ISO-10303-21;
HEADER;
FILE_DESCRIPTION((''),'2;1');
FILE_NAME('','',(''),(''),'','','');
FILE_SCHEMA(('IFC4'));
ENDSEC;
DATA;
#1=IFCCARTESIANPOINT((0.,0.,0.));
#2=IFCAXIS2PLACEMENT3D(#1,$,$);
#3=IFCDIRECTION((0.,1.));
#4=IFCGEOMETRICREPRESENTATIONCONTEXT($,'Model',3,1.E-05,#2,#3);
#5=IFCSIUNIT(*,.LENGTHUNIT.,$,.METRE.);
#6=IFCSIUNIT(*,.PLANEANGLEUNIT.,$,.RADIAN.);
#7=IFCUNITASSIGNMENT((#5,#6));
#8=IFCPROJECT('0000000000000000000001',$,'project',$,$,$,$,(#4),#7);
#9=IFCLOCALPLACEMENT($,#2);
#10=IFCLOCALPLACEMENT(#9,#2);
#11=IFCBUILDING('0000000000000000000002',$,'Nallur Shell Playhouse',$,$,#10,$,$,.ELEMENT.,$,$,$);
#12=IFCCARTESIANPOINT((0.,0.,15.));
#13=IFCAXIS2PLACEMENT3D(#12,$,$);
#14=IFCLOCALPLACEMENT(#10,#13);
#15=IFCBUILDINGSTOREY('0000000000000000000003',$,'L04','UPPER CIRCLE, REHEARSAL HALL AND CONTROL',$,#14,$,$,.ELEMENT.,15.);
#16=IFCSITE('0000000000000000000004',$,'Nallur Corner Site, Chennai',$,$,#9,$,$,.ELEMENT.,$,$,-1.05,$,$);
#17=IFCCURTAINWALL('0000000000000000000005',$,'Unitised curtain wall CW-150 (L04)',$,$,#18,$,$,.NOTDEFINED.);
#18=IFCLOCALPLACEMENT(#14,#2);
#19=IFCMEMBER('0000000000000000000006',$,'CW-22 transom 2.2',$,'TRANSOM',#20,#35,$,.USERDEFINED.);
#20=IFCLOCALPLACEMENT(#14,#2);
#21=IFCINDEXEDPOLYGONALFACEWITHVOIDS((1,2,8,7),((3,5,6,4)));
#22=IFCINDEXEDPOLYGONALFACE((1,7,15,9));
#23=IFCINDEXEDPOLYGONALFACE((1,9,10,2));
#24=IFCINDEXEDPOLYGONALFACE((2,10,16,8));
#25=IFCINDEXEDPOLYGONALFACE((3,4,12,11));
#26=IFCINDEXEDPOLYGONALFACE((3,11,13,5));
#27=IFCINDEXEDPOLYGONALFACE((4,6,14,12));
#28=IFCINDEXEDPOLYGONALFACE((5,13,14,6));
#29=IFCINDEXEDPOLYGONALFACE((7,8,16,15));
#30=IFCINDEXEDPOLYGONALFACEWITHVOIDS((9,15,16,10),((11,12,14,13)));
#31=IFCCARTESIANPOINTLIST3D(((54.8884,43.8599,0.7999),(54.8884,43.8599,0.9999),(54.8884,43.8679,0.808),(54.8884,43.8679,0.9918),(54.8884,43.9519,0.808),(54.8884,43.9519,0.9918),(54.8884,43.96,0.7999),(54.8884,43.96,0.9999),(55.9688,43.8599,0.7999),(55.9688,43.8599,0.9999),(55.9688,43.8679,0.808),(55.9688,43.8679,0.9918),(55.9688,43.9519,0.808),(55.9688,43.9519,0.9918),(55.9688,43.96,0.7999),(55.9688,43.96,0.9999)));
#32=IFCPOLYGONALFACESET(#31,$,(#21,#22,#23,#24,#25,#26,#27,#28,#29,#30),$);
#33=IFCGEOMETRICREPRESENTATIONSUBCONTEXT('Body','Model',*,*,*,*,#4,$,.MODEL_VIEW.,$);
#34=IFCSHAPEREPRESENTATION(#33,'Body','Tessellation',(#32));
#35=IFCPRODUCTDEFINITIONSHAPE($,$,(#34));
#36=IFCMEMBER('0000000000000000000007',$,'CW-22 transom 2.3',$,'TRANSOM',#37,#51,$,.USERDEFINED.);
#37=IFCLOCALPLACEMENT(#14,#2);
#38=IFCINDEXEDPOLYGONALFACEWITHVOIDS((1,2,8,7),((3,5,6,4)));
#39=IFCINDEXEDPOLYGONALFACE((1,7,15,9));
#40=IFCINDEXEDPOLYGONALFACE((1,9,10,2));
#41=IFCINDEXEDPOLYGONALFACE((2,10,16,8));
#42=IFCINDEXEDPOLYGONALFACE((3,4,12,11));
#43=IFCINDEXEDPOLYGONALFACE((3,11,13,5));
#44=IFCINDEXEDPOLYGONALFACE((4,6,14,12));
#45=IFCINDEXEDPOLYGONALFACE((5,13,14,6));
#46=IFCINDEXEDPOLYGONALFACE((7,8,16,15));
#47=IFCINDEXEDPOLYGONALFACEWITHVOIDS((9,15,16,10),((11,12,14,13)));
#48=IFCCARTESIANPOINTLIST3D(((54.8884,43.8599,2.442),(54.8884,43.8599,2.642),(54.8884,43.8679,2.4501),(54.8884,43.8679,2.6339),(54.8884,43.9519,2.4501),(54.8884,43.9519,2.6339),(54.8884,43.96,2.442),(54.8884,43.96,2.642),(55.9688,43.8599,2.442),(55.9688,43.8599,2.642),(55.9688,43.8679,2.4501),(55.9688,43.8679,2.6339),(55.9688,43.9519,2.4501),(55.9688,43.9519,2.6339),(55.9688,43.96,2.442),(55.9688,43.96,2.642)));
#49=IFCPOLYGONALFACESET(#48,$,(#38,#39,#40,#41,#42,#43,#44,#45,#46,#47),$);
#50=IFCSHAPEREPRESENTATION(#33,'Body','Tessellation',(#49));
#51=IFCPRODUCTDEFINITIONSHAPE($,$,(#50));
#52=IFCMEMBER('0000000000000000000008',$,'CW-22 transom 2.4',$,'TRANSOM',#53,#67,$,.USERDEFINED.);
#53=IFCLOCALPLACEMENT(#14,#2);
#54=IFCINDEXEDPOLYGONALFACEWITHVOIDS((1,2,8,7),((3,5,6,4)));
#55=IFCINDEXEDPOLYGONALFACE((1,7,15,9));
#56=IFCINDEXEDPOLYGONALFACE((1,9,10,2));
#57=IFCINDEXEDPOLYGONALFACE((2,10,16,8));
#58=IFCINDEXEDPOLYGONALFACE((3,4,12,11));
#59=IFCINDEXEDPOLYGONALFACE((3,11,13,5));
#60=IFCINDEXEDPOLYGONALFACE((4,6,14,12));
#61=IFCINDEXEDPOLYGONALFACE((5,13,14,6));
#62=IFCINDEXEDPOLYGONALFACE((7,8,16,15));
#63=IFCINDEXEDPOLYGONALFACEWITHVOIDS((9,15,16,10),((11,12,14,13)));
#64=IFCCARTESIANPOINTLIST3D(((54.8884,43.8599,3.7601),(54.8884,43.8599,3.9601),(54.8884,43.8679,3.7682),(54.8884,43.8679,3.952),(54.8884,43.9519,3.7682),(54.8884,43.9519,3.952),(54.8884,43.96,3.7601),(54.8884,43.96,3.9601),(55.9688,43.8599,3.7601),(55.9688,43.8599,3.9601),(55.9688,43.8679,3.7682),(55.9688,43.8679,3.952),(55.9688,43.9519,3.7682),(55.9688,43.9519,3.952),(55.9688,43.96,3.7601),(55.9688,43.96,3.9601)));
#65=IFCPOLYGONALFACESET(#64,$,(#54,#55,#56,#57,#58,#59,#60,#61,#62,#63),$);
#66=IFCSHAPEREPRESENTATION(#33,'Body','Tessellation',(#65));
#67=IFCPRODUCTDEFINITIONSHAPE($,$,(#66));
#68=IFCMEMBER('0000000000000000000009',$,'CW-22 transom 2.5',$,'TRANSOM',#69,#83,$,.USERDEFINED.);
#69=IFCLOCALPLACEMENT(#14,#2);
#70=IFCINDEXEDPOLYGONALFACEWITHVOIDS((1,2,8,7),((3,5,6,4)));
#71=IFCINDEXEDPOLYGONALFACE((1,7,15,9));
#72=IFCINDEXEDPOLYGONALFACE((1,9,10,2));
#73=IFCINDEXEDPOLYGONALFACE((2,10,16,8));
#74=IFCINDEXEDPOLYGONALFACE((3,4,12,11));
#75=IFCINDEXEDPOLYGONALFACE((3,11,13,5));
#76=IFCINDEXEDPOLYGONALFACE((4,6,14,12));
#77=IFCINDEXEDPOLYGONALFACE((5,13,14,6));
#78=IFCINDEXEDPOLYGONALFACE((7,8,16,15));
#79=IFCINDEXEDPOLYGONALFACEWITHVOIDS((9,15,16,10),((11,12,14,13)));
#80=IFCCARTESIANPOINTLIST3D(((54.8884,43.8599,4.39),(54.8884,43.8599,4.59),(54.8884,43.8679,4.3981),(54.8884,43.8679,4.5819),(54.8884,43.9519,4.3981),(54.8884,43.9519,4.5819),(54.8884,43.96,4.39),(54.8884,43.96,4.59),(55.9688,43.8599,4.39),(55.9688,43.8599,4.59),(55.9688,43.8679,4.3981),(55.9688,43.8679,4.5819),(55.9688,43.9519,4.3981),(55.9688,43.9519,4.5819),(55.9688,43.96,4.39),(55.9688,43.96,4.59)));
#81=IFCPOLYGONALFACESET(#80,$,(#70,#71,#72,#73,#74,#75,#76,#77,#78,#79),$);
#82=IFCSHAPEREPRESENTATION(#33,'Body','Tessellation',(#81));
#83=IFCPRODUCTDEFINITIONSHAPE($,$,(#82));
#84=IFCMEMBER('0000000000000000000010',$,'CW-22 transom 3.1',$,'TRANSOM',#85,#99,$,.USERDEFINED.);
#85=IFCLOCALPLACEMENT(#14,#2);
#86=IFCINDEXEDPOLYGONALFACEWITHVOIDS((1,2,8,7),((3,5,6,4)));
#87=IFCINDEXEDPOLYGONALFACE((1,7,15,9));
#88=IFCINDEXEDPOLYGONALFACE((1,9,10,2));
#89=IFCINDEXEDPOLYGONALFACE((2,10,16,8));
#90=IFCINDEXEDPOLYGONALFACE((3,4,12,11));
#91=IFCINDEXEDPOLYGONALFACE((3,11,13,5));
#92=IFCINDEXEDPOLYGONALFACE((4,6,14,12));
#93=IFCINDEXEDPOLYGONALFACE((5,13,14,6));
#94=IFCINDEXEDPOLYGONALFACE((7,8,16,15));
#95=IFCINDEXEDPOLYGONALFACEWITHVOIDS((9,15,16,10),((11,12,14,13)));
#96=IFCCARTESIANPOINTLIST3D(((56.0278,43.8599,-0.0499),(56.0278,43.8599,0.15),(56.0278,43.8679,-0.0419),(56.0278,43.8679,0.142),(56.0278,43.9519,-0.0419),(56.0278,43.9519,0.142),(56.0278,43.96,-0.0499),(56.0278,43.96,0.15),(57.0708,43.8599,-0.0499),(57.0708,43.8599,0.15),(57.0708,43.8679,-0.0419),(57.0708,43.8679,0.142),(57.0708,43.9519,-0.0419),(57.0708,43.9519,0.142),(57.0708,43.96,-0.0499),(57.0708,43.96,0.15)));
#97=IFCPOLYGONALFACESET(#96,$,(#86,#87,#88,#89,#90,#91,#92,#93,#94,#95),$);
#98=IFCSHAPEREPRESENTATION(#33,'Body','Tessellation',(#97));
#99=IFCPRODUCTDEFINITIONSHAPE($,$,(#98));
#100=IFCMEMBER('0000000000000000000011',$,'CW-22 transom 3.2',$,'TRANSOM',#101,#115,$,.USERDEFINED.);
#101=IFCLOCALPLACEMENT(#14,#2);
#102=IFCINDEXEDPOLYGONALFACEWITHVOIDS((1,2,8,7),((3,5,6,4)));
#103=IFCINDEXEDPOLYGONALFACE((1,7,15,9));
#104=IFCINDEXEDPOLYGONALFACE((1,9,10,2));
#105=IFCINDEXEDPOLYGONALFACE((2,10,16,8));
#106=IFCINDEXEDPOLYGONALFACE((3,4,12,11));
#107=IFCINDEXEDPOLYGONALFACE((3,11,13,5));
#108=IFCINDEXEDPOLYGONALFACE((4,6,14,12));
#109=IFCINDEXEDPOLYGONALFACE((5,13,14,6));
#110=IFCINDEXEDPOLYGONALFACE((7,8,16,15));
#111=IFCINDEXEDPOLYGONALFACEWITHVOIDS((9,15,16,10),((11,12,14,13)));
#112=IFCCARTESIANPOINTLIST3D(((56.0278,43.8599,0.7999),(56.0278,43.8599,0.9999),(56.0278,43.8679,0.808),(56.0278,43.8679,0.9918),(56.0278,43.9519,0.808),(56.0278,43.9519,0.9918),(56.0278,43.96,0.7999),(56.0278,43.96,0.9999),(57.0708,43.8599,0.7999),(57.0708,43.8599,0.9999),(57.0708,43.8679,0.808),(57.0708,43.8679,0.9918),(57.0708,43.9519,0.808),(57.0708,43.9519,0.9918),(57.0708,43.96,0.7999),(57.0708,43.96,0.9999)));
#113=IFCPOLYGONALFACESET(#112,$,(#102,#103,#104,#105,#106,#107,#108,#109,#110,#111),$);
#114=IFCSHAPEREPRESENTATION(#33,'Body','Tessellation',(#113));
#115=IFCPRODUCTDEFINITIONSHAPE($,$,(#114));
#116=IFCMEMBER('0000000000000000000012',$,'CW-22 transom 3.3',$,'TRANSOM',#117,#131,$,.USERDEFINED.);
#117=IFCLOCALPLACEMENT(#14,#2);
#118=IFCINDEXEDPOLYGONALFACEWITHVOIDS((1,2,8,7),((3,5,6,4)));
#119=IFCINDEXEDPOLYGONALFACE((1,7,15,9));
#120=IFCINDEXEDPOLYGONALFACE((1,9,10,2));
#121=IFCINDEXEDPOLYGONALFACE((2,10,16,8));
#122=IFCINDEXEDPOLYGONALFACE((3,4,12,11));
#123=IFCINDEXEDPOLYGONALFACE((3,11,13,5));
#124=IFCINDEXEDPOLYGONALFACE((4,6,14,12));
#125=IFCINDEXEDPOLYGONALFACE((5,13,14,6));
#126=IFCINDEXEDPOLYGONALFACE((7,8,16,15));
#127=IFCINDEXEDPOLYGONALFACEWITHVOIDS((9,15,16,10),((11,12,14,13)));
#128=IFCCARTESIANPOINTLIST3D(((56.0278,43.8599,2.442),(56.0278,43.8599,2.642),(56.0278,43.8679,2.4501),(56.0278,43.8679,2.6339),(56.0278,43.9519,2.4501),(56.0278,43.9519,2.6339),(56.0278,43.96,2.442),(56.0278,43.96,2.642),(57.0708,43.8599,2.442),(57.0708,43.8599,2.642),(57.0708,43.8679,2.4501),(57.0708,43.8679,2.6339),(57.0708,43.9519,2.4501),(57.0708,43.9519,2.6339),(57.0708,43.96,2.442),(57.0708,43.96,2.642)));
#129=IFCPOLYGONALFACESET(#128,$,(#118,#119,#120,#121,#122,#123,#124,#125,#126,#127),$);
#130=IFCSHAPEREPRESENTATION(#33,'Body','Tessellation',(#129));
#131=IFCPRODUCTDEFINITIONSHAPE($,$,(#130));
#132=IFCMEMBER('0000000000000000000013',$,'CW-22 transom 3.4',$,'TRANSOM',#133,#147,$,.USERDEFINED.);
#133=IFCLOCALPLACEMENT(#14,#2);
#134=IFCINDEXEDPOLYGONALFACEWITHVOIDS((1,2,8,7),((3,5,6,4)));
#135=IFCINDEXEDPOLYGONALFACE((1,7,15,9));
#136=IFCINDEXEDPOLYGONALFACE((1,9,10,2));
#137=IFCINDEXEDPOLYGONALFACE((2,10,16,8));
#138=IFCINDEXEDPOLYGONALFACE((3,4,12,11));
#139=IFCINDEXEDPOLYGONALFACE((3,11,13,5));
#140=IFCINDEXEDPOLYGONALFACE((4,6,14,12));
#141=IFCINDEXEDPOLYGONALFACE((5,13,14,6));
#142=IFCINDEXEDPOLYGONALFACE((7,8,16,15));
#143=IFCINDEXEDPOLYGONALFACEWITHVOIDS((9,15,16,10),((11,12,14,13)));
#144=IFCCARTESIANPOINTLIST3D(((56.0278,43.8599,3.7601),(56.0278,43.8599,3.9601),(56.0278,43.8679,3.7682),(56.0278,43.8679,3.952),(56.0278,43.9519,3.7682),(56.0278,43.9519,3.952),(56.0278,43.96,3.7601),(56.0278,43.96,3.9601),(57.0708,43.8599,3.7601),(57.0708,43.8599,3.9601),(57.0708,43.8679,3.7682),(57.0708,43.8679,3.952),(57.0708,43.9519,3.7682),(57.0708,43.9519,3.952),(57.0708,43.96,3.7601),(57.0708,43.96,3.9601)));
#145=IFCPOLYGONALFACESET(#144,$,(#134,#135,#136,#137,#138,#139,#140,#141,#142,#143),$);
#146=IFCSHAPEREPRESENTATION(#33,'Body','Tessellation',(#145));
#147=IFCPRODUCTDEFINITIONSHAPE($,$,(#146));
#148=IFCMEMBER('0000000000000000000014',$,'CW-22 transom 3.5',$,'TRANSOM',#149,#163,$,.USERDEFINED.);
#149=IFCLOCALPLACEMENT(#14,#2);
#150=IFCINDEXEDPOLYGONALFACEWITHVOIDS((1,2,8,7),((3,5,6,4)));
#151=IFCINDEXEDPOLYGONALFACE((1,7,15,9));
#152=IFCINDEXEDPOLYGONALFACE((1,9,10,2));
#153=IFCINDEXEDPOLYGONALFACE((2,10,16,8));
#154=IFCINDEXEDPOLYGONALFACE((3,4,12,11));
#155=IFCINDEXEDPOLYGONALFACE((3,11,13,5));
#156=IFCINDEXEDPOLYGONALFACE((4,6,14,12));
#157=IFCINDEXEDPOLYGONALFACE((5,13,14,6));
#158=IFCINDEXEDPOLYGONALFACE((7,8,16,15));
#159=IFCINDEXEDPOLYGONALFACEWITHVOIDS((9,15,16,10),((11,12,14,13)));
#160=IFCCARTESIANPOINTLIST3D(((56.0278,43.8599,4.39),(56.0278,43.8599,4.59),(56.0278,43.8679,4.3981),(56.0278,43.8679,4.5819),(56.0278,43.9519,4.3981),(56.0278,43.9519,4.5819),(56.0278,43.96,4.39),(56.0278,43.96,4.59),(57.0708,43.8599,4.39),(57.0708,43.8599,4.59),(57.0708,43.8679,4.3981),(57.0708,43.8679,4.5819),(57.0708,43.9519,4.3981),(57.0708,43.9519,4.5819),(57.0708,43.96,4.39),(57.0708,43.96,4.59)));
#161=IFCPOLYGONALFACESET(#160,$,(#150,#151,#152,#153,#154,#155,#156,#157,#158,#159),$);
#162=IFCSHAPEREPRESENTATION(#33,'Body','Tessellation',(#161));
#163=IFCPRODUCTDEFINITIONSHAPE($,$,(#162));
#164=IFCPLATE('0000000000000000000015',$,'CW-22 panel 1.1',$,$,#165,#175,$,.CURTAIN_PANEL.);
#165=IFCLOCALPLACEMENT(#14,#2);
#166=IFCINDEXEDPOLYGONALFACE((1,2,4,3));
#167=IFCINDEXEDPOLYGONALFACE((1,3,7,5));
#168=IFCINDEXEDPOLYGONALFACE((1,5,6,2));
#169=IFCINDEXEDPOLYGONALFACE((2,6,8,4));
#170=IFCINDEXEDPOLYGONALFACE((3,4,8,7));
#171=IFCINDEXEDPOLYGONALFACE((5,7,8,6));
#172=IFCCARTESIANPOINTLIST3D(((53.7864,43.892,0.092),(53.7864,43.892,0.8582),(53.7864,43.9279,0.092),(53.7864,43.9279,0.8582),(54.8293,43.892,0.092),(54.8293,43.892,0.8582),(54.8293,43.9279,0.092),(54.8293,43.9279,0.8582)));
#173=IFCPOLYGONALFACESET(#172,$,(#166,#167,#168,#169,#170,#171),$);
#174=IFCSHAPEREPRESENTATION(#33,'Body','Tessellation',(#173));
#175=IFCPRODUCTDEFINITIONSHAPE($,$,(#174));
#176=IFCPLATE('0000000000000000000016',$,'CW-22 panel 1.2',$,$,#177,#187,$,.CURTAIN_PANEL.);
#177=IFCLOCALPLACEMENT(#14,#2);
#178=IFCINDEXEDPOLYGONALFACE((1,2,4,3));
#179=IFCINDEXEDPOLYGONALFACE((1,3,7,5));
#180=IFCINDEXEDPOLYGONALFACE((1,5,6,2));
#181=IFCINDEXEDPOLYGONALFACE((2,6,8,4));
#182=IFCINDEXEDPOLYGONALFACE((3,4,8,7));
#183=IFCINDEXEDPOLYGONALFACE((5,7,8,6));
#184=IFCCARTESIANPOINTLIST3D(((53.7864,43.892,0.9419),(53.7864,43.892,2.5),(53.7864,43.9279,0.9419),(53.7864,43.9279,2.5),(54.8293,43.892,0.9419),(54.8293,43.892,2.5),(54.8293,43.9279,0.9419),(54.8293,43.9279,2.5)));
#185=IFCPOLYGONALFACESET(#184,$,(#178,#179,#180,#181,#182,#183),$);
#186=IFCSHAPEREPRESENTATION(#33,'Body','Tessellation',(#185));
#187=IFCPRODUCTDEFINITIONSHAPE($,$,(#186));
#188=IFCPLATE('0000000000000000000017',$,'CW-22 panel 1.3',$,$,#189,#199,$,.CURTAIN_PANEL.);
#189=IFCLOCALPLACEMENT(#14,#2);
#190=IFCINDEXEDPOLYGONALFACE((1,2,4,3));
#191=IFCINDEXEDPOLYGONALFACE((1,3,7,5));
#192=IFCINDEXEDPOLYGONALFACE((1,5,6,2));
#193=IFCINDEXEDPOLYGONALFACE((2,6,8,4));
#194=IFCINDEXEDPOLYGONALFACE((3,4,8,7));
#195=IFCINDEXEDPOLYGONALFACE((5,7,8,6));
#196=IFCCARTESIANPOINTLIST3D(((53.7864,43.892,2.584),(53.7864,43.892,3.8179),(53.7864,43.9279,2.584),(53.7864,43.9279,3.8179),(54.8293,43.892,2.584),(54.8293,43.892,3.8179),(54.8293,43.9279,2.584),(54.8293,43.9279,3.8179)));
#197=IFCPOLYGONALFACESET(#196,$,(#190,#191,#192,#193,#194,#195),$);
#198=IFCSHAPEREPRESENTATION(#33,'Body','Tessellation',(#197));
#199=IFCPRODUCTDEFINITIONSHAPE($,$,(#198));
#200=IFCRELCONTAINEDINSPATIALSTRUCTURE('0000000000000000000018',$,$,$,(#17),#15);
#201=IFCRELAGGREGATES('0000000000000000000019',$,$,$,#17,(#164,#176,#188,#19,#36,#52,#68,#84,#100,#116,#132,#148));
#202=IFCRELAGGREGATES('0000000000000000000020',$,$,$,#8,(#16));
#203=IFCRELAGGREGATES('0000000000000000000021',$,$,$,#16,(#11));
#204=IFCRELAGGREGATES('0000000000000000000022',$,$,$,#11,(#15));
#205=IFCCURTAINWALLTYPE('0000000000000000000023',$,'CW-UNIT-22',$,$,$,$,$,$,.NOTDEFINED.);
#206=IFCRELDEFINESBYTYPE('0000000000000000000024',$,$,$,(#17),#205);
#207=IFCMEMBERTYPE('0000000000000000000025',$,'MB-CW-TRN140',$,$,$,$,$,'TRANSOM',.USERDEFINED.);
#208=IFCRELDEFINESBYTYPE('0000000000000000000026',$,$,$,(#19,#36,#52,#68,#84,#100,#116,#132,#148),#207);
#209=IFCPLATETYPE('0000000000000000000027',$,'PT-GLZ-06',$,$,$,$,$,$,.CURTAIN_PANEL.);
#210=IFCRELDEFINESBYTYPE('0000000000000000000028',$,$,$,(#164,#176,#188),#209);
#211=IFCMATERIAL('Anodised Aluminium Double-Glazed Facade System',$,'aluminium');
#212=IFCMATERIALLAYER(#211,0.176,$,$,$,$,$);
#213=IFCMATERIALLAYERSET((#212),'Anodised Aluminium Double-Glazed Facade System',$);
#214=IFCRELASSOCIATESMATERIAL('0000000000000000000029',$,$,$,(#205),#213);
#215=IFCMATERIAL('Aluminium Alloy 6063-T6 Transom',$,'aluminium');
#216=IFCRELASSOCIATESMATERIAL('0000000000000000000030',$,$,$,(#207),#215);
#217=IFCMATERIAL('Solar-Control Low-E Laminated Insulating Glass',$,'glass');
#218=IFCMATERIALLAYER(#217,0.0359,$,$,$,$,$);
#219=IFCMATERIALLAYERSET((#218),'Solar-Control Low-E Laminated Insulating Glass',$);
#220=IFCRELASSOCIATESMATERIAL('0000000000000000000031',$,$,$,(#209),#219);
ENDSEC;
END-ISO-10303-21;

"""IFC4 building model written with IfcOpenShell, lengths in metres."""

from ifc_helpers import new_model, si_unit, direction, frame, origin, origin_2d, place, context, subcontext, project, spatial, rectangle, hollow_rectangle, extrude, material, layer, layer_set, material_profile, profile_set, type_object, element, aggregate, save


model = new_model("IFC4")

# Units and contexts
model_context = context("Model", 3, precision=1e-05, world=origin(), true_north=direction((0.0, 1.0)))
body_context = subcontext(model_context, "Body", "Model", "MODEL_VIEW")
ifc_project = project(units=[si_unit("LENGTHUNIT", "METRE"), si_unit("PLANEANGLEUNIT", "RADIAN")], contexts=[model_context])

# Site, building, storey
site_placement = place(None, origin())
site = spatial("IfcSite", under=ifc_project, at=site_placement, Name="Nallur Corner Site, Chennai", CompositionType="ELEMENT", RefElevation=-1.05)
building_placement = place(site_placement, origin())
building = spatial("IfcBuilding", under=site, at=building_placement, Name="Nallur Shell Playhouse", CompositionType="ELEMENT")
storey_placement = place(building_placement, frame((0.0, 0.0, 15.0)))
storey = spatial("IfcBuildingStorey", under=building, at=storey_placement, Name="L04", Description="UPPER CIRCLE, REHEARSAL HALL AND CONTROL", CompositionType="ELEMENT", Elevation=15.0)

# Shared definitions
ifc_material_1 = material(Name="Anodised Aluminium Double-Glazed Facade System", Category="aluminium")

# Curtain wall
ifc_layer_1 = layer(ifc_material_1, 0.176)
ifc_layer_set_1 = layer_set([ifc_layer_1], Name="Anodised Aluminium Double-Glazed Facade System")
curtain_wall_type_1 = type_object("IfcCurtainWallType", Name="CW-UNIT-22", PredefinedType="NOTDEFINED", material=ifc_layer_set_1)
curtain_wall_1_placement = place(storey_placement, origin())
curtain_wall_1 = element("IfcCurtainWall", 1, at=curtain_wall_1_placement, inside=storey, type_object=curtain_wall_type_1, Name="Unitised curtain wall CW-150 (L04)", PredefinedType="NOTDEFINED")

# Members
ifc_material_2 = material(Name="Aluminium Alloy 6063-T6 Transom", Category="aluminium")
ifc_material_profile_1 = material_profile(ifc_material_2, hollow_rectangle(XDim=0.1001, YDim=0.2, WallThickness=0.0081, at=origin_2d()), Name="RHS 200x100x8")
ifc_profile_set_1 = profile_set([ifc_material_profile_1], Name="Aluminium Alloy 6063-T6 Transom")
member_type_1 = type_object("IfcMemberType", Name="MB-CW-TRN140", ElementType="TRANSOM", PredefinedType="USERDEFINED", material=ifc_profile_set_1)
member_1_placement = place(storey_placement, frame((54.8884, 43.9099, 0.8999), z_axis=(1.0, 0.0, 0.0), x_axis=(0.0, 1.0, 0.0)))
member_1 = element("IfcMember", 2, at=member_1_placement, type_object=member_type_1, Name="CW-22 transom 2.2", ObjectType="TRANSOM", PredefinedType="USERDEFINED", context=body_context, shape_type="SweptSolid", body=[
    extrude(hollow_rectangle(XDim=0.1001, YDim=0.2, WallThickness=0.0081, at=origin_2d()), origin(), (0.0, 0.0, 1.0), 1.0803),
])
member_2_placement = place(storey_placement, frame((54.8884, 43.9099, 2.542), z_axis=(1.0, 0.0, 0.0), x_axis=(0.0, 1.0, 0.0)))
member_2 = element("IfcMember", 3, at=member_2_placement, type_object=member_type_1, Name="CW-22 transom 2.3", ObjectType="TRANSOM", PredefinedType="USERDEFINED", context=body_context, shape_type="SweptSolid", body=[
    extrude(hollow_rectangle(XDim=0.1001, YDim=0.2, WallThickness=0.0081, at=origin_2d()), origin(), (0.0, 0.0, 1.0), 1.0803),
])
member_3_placement = place(storey_placement, frame((54.8884, 43.9099, 3.8601), z_axis=(1.0, 0.0, 0.0), x_axis=(0.0, 1.0, 0.0)))
member_3 = element("IfcMember", 4, at=member_3_placement, type_object=member_type_1, Name="CW-22 transom 2.4", ObjectType="TRANSOM", PredefinedType="USERDEFINED", context=body_context, shape_type="SweptSolid", body=[
    extrude(hollow_rectangle(XDim=0.1001, YDim=0.2, WallThickness=0.0081, at=origin_2d()), origin(), (0.0, 0.0, 1.0), 1.0803),
])
member_4_placement = place(storey_placement, frame((54.8884, 43.9099, 4.49), z_axis=(1.0, 0.0, 0.0), x_axis=(0.0, 1.0, 0.0)))
member_4 = element("IfcMember", 5, at=member_4_placement, type_object=member_type_1, Name="CW-22 transom 2.5", ObjectType="TRANSOM", PredefinedType="USERDEFINED", context=body_context, shape_type="SweptSolid", body=[
    extrude(hollow_rectangle(XDim=0.1001, YDim=0.2, WallThickness=0.0081, at=origin_2d()), origin(), (0.0, 0.0, 1.0), 1.0803),
])
member_5_placement = place(storey_placement, frame((56.0278, 43.9099, 0.05), z_axis=(1.0, 0.0, 0.0), x_axis=(0.0, 1.0, 0.0)))
member_5 = element("IfcMember", 6, at=member_5_placement, type_object=member_type_1, Name="CW-22 transom 3.1", ObjectType="TRANSOM", PredefinedType="USERDEFINED", context=body_context, shape_type="SweptSolid", body=[
    extrude(hollow_rectangle(XDim=0.1001, YDim=0.2, WallThickness=0.0081, at=origin_2d()), origin(), (0.0, 0.0, 1.0), 1.043),
])
member_6_placement = place(storey_placement, frame((56.0278, 43.9099, 0.8999), z_axis=(1.0, 0.0, 0.0), x_axis=(0.0, 1.0, 0.0)))
member_6 = element("IfcMember", 7, at=member_6_placement, type_object=member_type_1, Name="CW-22 transom 3.2", ObjectType="TRANSOM", PredefinedType="USERDEFINED", context=body_context, shape_type="SweptSolid", body=[
    extrude(hollow_rectangle(XDim=0.1001, YDim=0.2, WallThickness=0.0081, at=origin_2d()), origin(), (0.0, 0.0, 1.0), 1.043),
])
member_7_placement = place(storey_placement, frame((56.0278, 43.9099, 2.542), z_axis=(1.0, 0.0, 0.0), x_axis=(0.0, 1.0, 0.0)))
member_7 = element("IfcMember", 8, at=member_7_placement, type_object=member_type_1, Name="CW-22 transom 3.3", ObjectType="TRANSOM", PredefinedType="USERDEFINED", context=body_context, shape_type="SweptSolid", body=[
    extrude(hollow_rectangle(XDim=0.1001, YDim=0.2, WallThickness=0.0081, at=origin_2d()), origin(), (0.0, 0.0, 1.0), 1.043),
])
member_8_placement = place(storey_placement, frame((56.0278, 43.9099, 3.8601), z_axis=(1.0, 0.0, 0.0), x_axis=(0.0, 1.0, 0.0)))
member_8 = element("IfcMember", 9, at=member_8_placement, type_object=member_type_1, Name="CW-22 transom 3.4", ObjectType="TRANSOM", PredefinedType="USERDEFINED", context=body_context, shape_type="SweptSolid", body=[
    extrude(hollow_rectangle(XDim=0.1001, YDim=0.2, WallThickness=0.0081, at=origin_2d()), origin(), (0.0, 0.0, 1.0), 1.043),
])
member_9_placement = place(storey_placement, frame((56.0278, 43.9099, 4.49), z_axis=(1.0, 0.0, 0.0), x_axis=(0.0, 1.0, 0.0)))
member_9 = element("IfcMember", 10, at=member_9_placement, type_object=member_type_1, Name="CW-22 transom 3.5", ObjectType="TRANSOM", PredefinedType="USERDEFINED", context=body_context, shape_type="SweptSolid", body=[
    extrude(hollow_rectangle(XDim=0.1001, YDim=0.2, WallThickness=0.0081, at=origin_2d()), origin(), (0.0, 0.0, 1.0), 1.043),
])

# Plates
ifc_material_3 = material(Name="Solar-Control Low-E Laminated Insulating Glass", Category="glass")
ifc_layer_2 = layer(ifc_material_3, 0.0359)
ifc_layer_set_2 = layer_set([ifc_layer_2], Name="Solar-Control Low-E Laminated Insulating Glass")
plate_type_1 = type_object("IfcPlateType", Name="PT-GLZ-06", PredefinedType="CURTAIN_PANEL", material=ifc_layer_set_2)
plate_1_placement = place(storey_placement, frame((54.3079, 43.9099, 0.092), z_axis=(0.0, 0.0, 1.0), x_axis=(1.0, 0.0, 0.0)))
plate_1 = element("IfcPlate", 11, at=plate_1_placement, type_object=plate_type_1, Name="CW-22 panel 1.1", PredefinedType="CURTAIN_PANEL", context=body_context, shape_type="SweptSolid", body=[
    extrude(rectangle(XDim=1.043, YDim=0.0359, at=origin_2d()), origin(), (0.0, 0.0, 1.0), 0.7661),
])
plate_2_placement = place(storey_placement, frame((54.3079, 43.9099, 0.9419), z_axis=(0.0, 0.0, 1.0), x_axis=(1.0, 0.0, 0.0)))
plate_2 = element("IfcPlate", 12, at=plate_2_placement, type_object=plate_type_1, Name="CW-22 panel 1.2", PredefinedType="CURTAIN_PANEL", context=body_context, shape_type="SweptSolid", body=[
    extrude(rectangle(XDim=1.043, YDim=0.0359, at=origin_2d()), origin(), (0.0, 0.0, 1.0), 1.5581),
])
plate_3_placement = place(storey_placement, frame((54.3079, 43.9099, 2.584), z_axis=(0.0, 0.0, 1.0), x_axis=(1.0, 0.0, 0.0)))
plate_3 = element("IfcPlate", 13, at=plate_3_placement, type_object=plate_type_1, Name="CW-22 panel 1.3", PredefinedType="CURTAIN_PANEL", context=body_context, shape_type="SweptSolid", body=[
    extrude(rectangle(XDim=1.043, YDim=0.0359, at=origin_2d()), origin(), (0.0, 0.0, 1.0), 1.2339),
])
aggregate(curtain_wall_1, [plate_1, plate_2, plate_3, member_1, member_2, member_3, member_4, member_5, member_6, member_7, member_8, member_9])

save(model, "model.ifc")
